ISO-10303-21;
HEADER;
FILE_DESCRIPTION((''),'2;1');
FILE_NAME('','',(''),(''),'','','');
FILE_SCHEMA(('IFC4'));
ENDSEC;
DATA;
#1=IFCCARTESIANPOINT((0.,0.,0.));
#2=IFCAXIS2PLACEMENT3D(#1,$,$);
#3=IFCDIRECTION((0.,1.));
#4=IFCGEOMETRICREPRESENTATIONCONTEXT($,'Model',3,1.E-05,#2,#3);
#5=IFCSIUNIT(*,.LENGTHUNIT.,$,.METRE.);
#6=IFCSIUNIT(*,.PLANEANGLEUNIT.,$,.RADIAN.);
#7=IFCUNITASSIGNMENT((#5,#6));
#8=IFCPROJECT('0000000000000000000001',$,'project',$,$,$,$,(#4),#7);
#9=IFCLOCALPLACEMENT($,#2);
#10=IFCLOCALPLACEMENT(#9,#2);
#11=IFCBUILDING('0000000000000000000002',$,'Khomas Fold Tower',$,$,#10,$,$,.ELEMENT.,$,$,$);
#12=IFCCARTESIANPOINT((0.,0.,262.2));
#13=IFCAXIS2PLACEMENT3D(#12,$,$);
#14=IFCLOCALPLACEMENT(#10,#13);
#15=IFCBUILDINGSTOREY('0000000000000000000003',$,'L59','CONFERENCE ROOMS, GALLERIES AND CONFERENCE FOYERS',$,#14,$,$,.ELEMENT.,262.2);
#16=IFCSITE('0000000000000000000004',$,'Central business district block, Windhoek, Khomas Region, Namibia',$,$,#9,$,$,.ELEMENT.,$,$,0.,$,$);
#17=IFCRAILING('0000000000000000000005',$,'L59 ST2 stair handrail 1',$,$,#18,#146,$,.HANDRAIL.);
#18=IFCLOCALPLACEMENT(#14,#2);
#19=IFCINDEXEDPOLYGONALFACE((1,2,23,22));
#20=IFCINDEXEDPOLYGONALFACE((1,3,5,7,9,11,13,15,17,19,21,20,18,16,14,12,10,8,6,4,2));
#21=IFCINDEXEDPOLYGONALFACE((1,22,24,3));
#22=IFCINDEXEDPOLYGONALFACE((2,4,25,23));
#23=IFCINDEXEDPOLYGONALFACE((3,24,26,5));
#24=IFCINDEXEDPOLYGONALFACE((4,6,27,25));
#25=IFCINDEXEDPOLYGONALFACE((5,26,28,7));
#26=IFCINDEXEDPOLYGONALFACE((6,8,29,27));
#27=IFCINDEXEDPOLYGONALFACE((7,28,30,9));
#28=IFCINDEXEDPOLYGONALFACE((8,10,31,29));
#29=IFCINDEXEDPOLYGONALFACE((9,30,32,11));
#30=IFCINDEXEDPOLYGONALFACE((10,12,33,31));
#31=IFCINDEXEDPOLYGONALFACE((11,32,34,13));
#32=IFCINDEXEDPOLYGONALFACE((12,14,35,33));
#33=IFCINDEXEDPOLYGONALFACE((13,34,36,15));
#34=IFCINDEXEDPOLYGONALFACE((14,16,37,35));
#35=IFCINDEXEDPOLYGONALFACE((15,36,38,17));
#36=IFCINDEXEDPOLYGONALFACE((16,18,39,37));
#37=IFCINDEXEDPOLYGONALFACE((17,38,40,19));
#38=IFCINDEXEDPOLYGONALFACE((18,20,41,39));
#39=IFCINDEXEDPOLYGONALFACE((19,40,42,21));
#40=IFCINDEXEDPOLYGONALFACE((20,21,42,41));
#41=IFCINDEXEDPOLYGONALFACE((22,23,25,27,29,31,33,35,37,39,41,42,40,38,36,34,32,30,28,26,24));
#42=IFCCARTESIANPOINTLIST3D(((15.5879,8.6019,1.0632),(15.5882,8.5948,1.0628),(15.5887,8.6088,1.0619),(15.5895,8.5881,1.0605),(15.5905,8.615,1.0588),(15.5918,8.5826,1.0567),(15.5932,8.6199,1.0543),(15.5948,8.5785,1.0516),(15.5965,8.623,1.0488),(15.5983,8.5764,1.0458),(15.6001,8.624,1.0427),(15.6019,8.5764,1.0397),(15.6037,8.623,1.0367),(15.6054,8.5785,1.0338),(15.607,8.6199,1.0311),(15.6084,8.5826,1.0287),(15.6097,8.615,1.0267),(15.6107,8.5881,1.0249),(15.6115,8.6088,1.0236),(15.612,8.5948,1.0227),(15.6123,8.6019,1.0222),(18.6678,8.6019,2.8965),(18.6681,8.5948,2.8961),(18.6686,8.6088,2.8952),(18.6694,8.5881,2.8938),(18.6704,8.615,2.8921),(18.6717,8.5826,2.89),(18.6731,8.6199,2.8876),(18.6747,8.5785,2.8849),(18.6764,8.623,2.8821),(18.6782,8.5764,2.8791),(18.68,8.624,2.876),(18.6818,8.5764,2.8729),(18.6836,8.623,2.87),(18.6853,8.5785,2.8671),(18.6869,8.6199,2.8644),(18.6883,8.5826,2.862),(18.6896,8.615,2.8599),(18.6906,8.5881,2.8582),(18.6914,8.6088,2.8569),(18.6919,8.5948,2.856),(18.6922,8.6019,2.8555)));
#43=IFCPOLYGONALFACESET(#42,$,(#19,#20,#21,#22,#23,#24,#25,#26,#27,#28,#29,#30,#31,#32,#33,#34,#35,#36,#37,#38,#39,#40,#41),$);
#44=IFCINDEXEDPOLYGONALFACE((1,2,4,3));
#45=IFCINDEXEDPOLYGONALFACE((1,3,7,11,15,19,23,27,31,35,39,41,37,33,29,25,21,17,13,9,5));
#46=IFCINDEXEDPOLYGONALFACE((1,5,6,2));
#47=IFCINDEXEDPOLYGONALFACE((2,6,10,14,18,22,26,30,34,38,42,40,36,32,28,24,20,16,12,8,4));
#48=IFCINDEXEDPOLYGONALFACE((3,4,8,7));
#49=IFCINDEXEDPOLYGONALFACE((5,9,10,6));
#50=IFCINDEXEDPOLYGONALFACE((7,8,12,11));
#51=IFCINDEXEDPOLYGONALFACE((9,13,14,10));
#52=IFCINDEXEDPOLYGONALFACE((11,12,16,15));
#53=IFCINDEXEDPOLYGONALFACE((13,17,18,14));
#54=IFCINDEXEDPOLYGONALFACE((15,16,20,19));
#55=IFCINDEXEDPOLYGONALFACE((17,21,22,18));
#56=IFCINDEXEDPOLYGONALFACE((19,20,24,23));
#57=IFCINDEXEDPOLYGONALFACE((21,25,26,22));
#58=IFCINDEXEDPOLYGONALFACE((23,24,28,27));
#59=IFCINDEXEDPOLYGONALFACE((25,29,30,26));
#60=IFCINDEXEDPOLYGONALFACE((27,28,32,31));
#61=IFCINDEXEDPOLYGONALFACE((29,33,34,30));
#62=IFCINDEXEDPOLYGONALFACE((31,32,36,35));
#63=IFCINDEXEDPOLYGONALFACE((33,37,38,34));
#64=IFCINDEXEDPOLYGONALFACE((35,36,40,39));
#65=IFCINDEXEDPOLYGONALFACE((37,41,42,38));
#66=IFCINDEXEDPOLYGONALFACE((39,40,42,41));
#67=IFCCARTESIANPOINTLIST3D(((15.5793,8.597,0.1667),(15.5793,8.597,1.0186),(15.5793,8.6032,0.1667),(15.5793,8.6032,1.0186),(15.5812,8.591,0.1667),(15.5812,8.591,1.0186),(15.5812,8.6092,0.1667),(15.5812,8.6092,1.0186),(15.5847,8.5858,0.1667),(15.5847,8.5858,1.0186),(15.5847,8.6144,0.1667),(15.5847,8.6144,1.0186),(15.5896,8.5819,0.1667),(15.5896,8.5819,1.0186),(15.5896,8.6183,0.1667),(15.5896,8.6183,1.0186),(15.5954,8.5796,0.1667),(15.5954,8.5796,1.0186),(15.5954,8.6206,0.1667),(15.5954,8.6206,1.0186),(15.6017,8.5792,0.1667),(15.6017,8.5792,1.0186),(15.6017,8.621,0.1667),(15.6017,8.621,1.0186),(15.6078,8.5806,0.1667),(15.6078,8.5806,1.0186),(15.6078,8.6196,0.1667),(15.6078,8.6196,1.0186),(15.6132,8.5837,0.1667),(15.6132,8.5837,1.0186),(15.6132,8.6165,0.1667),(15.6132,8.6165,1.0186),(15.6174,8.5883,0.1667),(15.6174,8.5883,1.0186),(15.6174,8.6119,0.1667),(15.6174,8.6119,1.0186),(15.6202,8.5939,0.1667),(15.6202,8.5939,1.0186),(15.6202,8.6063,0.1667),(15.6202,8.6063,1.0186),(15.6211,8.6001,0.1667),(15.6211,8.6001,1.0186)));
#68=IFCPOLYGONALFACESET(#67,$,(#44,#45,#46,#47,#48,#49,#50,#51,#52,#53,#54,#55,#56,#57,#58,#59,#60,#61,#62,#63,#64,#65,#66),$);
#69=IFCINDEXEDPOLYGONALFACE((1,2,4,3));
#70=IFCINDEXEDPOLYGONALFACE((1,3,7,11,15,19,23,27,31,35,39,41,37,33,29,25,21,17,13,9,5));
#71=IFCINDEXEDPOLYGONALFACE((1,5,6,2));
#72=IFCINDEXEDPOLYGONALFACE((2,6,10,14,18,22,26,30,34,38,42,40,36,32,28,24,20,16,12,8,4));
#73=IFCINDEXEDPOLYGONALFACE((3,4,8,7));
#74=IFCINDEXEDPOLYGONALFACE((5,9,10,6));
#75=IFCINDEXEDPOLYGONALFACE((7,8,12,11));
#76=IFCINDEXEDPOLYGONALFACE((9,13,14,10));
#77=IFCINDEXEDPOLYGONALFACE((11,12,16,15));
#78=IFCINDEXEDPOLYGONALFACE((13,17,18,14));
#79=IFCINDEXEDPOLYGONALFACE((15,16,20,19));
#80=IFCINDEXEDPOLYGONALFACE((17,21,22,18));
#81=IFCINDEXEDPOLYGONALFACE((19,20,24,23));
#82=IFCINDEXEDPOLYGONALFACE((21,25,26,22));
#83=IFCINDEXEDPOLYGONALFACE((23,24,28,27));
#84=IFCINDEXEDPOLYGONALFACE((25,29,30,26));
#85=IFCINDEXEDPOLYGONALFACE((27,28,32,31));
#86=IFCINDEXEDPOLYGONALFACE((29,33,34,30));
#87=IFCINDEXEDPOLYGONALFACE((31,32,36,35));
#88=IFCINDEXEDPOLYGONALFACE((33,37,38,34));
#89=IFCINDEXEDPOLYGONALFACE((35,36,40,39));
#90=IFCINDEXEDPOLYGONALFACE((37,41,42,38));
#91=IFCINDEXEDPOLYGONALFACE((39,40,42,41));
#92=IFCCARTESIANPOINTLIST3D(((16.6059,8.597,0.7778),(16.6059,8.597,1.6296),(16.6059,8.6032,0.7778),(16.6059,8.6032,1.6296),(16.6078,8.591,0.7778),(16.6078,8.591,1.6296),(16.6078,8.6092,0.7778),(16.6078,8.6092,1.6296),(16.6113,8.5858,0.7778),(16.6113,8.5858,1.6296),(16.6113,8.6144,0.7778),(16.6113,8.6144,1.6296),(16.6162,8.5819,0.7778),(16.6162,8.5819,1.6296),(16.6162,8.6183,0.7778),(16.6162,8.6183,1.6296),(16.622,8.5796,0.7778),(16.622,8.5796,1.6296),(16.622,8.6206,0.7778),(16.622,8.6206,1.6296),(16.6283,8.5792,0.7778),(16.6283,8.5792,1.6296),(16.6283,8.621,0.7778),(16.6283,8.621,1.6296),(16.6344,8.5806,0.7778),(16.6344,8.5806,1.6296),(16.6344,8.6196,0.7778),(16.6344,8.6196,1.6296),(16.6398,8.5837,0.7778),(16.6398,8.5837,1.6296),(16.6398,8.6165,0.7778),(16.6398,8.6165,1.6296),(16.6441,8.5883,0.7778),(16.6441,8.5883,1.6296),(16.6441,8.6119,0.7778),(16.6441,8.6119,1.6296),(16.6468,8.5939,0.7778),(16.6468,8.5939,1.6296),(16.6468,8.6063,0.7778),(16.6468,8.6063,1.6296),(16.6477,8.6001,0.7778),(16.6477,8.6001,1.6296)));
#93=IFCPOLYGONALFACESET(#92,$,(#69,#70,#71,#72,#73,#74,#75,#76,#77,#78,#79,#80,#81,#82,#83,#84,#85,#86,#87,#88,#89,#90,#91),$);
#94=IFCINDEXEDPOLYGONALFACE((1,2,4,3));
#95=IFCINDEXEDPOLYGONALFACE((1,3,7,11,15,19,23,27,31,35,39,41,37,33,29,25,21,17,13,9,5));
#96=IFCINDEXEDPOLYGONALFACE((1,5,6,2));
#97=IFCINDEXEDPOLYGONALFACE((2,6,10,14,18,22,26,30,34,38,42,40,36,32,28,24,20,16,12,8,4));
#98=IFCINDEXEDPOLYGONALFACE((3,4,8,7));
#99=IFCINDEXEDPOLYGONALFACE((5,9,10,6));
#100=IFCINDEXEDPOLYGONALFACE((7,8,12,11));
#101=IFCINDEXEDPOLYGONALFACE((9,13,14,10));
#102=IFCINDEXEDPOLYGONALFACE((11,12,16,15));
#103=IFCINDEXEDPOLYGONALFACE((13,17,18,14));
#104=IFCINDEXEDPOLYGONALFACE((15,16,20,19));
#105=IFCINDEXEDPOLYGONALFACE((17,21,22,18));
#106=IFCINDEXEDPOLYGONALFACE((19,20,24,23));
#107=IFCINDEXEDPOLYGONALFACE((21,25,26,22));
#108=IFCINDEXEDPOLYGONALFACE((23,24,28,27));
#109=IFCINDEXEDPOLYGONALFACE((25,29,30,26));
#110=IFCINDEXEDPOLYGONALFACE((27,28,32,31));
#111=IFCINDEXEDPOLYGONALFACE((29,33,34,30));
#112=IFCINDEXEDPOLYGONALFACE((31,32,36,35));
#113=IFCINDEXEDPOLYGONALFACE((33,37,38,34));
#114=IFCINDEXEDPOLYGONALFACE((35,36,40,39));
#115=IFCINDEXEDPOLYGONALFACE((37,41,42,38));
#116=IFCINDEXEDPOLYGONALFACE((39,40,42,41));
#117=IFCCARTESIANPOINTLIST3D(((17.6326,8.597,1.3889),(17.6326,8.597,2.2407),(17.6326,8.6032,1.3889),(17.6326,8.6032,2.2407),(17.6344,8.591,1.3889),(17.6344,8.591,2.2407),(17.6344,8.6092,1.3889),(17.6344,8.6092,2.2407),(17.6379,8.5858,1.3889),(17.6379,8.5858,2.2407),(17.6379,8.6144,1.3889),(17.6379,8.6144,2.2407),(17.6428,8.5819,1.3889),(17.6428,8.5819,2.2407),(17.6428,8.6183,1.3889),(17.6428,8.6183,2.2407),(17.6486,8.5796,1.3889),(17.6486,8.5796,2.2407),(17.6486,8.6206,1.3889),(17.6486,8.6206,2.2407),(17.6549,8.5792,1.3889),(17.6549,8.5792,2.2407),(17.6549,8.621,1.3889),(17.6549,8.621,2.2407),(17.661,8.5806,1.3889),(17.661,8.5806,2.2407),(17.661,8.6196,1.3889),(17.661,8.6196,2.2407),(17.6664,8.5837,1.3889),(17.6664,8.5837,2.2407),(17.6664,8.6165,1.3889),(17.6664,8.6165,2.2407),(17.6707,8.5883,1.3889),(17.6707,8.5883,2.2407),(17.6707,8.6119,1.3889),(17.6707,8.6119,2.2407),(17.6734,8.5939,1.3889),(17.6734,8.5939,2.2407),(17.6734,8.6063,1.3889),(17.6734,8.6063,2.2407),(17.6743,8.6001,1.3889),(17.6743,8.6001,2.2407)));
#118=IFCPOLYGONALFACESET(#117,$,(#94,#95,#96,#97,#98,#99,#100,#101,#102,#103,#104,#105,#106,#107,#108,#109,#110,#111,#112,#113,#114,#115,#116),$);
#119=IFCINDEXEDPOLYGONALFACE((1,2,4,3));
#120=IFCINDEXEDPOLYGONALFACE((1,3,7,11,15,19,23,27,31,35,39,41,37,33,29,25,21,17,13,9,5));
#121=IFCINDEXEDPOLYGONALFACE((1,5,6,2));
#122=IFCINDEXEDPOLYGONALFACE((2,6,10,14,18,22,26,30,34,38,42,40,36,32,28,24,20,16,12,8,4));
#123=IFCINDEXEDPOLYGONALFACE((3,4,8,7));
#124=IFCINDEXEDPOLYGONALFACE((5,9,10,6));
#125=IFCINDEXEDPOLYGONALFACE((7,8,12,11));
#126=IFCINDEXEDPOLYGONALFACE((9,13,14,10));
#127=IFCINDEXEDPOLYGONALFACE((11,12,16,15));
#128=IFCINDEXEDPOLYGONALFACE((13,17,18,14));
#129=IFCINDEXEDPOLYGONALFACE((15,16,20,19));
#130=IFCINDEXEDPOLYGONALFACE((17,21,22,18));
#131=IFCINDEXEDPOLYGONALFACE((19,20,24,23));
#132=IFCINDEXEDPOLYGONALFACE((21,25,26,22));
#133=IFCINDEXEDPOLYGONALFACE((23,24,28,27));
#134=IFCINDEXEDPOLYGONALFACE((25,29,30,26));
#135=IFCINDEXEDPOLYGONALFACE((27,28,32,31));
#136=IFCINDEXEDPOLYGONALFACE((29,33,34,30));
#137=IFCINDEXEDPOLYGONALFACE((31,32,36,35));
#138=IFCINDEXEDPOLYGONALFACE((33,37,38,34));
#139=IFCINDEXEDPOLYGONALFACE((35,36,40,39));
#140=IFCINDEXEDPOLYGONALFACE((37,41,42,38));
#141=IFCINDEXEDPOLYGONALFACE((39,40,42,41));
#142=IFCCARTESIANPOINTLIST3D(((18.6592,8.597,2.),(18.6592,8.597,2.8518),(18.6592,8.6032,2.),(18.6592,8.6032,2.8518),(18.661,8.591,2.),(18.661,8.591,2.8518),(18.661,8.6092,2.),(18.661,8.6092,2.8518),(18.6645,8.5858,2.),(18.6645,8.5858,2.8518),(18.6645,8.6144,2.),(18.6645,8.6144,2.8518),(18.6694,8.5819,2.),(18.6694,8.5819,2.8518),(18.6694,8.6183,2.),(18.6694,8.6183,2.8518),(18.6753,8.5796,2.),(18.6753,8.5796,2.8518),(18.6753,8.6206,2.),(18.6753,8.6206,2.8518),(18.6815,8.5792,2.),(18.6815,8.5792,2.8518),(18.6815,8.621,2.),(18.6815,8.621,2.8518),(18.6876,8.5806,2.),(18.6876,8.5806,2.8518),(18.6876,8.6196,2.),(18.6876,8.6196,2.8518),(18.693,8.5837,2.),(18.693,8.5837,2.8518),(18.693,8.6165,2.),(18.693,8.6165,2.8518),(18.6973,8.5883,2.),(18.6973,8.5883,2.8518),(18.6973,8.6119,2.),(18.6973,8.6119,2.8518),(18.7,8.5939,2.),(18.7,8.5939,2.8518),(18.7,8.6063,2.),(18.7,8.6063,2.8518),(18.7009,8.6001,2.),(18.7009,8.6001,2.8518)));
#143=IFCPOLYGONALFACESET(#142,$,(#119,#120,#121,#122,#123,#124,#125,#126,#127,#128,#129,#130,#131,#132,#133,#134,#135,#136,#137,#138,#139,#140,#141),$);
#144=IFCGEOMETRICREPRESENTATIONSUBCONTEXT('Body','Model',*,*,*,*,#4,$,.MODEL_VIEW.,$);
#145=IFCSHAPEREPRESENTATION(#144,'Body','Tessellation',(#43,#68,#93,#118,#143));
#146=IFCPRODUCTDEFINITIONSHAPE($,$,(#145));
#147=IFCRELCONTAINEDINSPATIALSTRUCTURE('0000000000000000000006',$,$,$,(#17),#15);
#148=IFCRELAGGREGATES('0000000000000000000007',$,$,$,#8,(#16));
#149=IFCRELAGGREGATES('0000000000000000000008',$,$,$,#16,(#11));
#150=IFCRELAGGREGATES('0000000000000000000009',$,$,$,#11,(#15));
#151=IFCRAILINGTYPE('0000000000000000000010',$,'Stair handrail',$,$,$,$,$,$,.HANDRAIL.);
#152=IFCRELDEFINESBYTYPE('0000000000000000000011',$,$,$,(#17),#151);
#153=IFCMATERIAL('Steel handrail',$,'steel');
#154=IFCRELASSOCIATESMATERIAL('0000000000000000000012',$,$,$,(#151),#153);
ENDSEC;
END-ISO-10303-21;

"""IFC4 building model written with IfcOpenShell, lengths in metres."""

from ifc_helpers import new_model, si_unit, direction, frame, origin, origin_2d, place, context, subcontext, project, spatial, circle, extrude, source, transform, mapped, material, type_object, element, save


model = new_model("IFC4")

# Units and contexts
model_context = context("Model", 3, precision=1e-05, world=origin(), true_north=direction((0.0, 1.0)))
body_context = subcontext(model_context, "Body", "Model", "MODEL_VIEW")
ifc_project = project(units=[si_unit("LENGTHUNIT", "METRE"), si_unit("PLANEANGLEUNIT", "RADIAN")], contexts=[model_context])

# Site, building, storey
site_placement = place(None, origin())
site = spatial("IfcSite", under=ifc_project, at=site_placement, Name="Central business district block, Windhoek, Khomas Region, Namibia", CompositionType="ELEMENT", RefElevation=0.0)
building_placement = place(site_placement, origin())
building = spatial("IfcBuilding", under=site, at=building_placement, Name="Khomas Fold Tower", CompositionType="ELEMENT")
storey_placement = place(building_placement, frame((0.0, 0.0, 262.2)))
storey = spatial("IfcBuildingStorey", under=building, at=storey_placement, Name="L59", Description="CONFERENCE ROOMS, GALLERIES AND CONFERENCE FOYERS", CompositionType="ELEMENT", Elevation=262.2)

# Railing
ifc_material_1 = material(Name="Steel handrail", Category="steel")
railing_type_1 = type_object("IfcRailingType", Name="Stair handrail", PredefinedType="HANDRAIL", material=ifc_material_1)
shared_shape_1 = source(origin(), body_context, "Body", "SweptSolid", [
    extrude(circle(Radius=0.0239, at=origin_2d()), frame((0.0, 0.0, 0.876), z_axis=(0.859291, 0.0, 0.511487), x_axis=(0.0, 1.0, 0.0)), (0.0, 0.0, 1.0), 3.5842),
    extrude(circle(Radius=0.021, at=origin_2d()), origin(), (0.0, 0.0, 1.0), 0.8518),
    extrude(circle(Radius=0.021, at=origin_2d()), frame((1.0266, 0.0, 0.6111)), (0.0, 0.0, 1.0), 0.8518),
    extrude(circle(Radius=0.021, at=origin_2d()), frame((2.0532, 0.0, 1.2222)), (0.0, 0.0, 1.0), 0.8518),
    extrude(circle(Radius=0.021, at=origin_2d()), frame((3.0798, 0.0, 1.8333)), (0.0, 0.0, 1.0), 0.8518),
])
railing_1_placement = place(storey_placement, frame((15.6001, 8.6001, 0.1667)))
element("IfcRailing", 1, at=railing_1_placement, inside=storey, type_object=railing_type_1, Name="L59 ST2 stair handrail 1", PredefinedType="HANDRAIL", context=body_context, shape_type="MappedRepresentation", body=[
    mapped(shared_shape_1, transform((0.0, 0.0, 0.0))),
])

save(model, "model.ifc")
